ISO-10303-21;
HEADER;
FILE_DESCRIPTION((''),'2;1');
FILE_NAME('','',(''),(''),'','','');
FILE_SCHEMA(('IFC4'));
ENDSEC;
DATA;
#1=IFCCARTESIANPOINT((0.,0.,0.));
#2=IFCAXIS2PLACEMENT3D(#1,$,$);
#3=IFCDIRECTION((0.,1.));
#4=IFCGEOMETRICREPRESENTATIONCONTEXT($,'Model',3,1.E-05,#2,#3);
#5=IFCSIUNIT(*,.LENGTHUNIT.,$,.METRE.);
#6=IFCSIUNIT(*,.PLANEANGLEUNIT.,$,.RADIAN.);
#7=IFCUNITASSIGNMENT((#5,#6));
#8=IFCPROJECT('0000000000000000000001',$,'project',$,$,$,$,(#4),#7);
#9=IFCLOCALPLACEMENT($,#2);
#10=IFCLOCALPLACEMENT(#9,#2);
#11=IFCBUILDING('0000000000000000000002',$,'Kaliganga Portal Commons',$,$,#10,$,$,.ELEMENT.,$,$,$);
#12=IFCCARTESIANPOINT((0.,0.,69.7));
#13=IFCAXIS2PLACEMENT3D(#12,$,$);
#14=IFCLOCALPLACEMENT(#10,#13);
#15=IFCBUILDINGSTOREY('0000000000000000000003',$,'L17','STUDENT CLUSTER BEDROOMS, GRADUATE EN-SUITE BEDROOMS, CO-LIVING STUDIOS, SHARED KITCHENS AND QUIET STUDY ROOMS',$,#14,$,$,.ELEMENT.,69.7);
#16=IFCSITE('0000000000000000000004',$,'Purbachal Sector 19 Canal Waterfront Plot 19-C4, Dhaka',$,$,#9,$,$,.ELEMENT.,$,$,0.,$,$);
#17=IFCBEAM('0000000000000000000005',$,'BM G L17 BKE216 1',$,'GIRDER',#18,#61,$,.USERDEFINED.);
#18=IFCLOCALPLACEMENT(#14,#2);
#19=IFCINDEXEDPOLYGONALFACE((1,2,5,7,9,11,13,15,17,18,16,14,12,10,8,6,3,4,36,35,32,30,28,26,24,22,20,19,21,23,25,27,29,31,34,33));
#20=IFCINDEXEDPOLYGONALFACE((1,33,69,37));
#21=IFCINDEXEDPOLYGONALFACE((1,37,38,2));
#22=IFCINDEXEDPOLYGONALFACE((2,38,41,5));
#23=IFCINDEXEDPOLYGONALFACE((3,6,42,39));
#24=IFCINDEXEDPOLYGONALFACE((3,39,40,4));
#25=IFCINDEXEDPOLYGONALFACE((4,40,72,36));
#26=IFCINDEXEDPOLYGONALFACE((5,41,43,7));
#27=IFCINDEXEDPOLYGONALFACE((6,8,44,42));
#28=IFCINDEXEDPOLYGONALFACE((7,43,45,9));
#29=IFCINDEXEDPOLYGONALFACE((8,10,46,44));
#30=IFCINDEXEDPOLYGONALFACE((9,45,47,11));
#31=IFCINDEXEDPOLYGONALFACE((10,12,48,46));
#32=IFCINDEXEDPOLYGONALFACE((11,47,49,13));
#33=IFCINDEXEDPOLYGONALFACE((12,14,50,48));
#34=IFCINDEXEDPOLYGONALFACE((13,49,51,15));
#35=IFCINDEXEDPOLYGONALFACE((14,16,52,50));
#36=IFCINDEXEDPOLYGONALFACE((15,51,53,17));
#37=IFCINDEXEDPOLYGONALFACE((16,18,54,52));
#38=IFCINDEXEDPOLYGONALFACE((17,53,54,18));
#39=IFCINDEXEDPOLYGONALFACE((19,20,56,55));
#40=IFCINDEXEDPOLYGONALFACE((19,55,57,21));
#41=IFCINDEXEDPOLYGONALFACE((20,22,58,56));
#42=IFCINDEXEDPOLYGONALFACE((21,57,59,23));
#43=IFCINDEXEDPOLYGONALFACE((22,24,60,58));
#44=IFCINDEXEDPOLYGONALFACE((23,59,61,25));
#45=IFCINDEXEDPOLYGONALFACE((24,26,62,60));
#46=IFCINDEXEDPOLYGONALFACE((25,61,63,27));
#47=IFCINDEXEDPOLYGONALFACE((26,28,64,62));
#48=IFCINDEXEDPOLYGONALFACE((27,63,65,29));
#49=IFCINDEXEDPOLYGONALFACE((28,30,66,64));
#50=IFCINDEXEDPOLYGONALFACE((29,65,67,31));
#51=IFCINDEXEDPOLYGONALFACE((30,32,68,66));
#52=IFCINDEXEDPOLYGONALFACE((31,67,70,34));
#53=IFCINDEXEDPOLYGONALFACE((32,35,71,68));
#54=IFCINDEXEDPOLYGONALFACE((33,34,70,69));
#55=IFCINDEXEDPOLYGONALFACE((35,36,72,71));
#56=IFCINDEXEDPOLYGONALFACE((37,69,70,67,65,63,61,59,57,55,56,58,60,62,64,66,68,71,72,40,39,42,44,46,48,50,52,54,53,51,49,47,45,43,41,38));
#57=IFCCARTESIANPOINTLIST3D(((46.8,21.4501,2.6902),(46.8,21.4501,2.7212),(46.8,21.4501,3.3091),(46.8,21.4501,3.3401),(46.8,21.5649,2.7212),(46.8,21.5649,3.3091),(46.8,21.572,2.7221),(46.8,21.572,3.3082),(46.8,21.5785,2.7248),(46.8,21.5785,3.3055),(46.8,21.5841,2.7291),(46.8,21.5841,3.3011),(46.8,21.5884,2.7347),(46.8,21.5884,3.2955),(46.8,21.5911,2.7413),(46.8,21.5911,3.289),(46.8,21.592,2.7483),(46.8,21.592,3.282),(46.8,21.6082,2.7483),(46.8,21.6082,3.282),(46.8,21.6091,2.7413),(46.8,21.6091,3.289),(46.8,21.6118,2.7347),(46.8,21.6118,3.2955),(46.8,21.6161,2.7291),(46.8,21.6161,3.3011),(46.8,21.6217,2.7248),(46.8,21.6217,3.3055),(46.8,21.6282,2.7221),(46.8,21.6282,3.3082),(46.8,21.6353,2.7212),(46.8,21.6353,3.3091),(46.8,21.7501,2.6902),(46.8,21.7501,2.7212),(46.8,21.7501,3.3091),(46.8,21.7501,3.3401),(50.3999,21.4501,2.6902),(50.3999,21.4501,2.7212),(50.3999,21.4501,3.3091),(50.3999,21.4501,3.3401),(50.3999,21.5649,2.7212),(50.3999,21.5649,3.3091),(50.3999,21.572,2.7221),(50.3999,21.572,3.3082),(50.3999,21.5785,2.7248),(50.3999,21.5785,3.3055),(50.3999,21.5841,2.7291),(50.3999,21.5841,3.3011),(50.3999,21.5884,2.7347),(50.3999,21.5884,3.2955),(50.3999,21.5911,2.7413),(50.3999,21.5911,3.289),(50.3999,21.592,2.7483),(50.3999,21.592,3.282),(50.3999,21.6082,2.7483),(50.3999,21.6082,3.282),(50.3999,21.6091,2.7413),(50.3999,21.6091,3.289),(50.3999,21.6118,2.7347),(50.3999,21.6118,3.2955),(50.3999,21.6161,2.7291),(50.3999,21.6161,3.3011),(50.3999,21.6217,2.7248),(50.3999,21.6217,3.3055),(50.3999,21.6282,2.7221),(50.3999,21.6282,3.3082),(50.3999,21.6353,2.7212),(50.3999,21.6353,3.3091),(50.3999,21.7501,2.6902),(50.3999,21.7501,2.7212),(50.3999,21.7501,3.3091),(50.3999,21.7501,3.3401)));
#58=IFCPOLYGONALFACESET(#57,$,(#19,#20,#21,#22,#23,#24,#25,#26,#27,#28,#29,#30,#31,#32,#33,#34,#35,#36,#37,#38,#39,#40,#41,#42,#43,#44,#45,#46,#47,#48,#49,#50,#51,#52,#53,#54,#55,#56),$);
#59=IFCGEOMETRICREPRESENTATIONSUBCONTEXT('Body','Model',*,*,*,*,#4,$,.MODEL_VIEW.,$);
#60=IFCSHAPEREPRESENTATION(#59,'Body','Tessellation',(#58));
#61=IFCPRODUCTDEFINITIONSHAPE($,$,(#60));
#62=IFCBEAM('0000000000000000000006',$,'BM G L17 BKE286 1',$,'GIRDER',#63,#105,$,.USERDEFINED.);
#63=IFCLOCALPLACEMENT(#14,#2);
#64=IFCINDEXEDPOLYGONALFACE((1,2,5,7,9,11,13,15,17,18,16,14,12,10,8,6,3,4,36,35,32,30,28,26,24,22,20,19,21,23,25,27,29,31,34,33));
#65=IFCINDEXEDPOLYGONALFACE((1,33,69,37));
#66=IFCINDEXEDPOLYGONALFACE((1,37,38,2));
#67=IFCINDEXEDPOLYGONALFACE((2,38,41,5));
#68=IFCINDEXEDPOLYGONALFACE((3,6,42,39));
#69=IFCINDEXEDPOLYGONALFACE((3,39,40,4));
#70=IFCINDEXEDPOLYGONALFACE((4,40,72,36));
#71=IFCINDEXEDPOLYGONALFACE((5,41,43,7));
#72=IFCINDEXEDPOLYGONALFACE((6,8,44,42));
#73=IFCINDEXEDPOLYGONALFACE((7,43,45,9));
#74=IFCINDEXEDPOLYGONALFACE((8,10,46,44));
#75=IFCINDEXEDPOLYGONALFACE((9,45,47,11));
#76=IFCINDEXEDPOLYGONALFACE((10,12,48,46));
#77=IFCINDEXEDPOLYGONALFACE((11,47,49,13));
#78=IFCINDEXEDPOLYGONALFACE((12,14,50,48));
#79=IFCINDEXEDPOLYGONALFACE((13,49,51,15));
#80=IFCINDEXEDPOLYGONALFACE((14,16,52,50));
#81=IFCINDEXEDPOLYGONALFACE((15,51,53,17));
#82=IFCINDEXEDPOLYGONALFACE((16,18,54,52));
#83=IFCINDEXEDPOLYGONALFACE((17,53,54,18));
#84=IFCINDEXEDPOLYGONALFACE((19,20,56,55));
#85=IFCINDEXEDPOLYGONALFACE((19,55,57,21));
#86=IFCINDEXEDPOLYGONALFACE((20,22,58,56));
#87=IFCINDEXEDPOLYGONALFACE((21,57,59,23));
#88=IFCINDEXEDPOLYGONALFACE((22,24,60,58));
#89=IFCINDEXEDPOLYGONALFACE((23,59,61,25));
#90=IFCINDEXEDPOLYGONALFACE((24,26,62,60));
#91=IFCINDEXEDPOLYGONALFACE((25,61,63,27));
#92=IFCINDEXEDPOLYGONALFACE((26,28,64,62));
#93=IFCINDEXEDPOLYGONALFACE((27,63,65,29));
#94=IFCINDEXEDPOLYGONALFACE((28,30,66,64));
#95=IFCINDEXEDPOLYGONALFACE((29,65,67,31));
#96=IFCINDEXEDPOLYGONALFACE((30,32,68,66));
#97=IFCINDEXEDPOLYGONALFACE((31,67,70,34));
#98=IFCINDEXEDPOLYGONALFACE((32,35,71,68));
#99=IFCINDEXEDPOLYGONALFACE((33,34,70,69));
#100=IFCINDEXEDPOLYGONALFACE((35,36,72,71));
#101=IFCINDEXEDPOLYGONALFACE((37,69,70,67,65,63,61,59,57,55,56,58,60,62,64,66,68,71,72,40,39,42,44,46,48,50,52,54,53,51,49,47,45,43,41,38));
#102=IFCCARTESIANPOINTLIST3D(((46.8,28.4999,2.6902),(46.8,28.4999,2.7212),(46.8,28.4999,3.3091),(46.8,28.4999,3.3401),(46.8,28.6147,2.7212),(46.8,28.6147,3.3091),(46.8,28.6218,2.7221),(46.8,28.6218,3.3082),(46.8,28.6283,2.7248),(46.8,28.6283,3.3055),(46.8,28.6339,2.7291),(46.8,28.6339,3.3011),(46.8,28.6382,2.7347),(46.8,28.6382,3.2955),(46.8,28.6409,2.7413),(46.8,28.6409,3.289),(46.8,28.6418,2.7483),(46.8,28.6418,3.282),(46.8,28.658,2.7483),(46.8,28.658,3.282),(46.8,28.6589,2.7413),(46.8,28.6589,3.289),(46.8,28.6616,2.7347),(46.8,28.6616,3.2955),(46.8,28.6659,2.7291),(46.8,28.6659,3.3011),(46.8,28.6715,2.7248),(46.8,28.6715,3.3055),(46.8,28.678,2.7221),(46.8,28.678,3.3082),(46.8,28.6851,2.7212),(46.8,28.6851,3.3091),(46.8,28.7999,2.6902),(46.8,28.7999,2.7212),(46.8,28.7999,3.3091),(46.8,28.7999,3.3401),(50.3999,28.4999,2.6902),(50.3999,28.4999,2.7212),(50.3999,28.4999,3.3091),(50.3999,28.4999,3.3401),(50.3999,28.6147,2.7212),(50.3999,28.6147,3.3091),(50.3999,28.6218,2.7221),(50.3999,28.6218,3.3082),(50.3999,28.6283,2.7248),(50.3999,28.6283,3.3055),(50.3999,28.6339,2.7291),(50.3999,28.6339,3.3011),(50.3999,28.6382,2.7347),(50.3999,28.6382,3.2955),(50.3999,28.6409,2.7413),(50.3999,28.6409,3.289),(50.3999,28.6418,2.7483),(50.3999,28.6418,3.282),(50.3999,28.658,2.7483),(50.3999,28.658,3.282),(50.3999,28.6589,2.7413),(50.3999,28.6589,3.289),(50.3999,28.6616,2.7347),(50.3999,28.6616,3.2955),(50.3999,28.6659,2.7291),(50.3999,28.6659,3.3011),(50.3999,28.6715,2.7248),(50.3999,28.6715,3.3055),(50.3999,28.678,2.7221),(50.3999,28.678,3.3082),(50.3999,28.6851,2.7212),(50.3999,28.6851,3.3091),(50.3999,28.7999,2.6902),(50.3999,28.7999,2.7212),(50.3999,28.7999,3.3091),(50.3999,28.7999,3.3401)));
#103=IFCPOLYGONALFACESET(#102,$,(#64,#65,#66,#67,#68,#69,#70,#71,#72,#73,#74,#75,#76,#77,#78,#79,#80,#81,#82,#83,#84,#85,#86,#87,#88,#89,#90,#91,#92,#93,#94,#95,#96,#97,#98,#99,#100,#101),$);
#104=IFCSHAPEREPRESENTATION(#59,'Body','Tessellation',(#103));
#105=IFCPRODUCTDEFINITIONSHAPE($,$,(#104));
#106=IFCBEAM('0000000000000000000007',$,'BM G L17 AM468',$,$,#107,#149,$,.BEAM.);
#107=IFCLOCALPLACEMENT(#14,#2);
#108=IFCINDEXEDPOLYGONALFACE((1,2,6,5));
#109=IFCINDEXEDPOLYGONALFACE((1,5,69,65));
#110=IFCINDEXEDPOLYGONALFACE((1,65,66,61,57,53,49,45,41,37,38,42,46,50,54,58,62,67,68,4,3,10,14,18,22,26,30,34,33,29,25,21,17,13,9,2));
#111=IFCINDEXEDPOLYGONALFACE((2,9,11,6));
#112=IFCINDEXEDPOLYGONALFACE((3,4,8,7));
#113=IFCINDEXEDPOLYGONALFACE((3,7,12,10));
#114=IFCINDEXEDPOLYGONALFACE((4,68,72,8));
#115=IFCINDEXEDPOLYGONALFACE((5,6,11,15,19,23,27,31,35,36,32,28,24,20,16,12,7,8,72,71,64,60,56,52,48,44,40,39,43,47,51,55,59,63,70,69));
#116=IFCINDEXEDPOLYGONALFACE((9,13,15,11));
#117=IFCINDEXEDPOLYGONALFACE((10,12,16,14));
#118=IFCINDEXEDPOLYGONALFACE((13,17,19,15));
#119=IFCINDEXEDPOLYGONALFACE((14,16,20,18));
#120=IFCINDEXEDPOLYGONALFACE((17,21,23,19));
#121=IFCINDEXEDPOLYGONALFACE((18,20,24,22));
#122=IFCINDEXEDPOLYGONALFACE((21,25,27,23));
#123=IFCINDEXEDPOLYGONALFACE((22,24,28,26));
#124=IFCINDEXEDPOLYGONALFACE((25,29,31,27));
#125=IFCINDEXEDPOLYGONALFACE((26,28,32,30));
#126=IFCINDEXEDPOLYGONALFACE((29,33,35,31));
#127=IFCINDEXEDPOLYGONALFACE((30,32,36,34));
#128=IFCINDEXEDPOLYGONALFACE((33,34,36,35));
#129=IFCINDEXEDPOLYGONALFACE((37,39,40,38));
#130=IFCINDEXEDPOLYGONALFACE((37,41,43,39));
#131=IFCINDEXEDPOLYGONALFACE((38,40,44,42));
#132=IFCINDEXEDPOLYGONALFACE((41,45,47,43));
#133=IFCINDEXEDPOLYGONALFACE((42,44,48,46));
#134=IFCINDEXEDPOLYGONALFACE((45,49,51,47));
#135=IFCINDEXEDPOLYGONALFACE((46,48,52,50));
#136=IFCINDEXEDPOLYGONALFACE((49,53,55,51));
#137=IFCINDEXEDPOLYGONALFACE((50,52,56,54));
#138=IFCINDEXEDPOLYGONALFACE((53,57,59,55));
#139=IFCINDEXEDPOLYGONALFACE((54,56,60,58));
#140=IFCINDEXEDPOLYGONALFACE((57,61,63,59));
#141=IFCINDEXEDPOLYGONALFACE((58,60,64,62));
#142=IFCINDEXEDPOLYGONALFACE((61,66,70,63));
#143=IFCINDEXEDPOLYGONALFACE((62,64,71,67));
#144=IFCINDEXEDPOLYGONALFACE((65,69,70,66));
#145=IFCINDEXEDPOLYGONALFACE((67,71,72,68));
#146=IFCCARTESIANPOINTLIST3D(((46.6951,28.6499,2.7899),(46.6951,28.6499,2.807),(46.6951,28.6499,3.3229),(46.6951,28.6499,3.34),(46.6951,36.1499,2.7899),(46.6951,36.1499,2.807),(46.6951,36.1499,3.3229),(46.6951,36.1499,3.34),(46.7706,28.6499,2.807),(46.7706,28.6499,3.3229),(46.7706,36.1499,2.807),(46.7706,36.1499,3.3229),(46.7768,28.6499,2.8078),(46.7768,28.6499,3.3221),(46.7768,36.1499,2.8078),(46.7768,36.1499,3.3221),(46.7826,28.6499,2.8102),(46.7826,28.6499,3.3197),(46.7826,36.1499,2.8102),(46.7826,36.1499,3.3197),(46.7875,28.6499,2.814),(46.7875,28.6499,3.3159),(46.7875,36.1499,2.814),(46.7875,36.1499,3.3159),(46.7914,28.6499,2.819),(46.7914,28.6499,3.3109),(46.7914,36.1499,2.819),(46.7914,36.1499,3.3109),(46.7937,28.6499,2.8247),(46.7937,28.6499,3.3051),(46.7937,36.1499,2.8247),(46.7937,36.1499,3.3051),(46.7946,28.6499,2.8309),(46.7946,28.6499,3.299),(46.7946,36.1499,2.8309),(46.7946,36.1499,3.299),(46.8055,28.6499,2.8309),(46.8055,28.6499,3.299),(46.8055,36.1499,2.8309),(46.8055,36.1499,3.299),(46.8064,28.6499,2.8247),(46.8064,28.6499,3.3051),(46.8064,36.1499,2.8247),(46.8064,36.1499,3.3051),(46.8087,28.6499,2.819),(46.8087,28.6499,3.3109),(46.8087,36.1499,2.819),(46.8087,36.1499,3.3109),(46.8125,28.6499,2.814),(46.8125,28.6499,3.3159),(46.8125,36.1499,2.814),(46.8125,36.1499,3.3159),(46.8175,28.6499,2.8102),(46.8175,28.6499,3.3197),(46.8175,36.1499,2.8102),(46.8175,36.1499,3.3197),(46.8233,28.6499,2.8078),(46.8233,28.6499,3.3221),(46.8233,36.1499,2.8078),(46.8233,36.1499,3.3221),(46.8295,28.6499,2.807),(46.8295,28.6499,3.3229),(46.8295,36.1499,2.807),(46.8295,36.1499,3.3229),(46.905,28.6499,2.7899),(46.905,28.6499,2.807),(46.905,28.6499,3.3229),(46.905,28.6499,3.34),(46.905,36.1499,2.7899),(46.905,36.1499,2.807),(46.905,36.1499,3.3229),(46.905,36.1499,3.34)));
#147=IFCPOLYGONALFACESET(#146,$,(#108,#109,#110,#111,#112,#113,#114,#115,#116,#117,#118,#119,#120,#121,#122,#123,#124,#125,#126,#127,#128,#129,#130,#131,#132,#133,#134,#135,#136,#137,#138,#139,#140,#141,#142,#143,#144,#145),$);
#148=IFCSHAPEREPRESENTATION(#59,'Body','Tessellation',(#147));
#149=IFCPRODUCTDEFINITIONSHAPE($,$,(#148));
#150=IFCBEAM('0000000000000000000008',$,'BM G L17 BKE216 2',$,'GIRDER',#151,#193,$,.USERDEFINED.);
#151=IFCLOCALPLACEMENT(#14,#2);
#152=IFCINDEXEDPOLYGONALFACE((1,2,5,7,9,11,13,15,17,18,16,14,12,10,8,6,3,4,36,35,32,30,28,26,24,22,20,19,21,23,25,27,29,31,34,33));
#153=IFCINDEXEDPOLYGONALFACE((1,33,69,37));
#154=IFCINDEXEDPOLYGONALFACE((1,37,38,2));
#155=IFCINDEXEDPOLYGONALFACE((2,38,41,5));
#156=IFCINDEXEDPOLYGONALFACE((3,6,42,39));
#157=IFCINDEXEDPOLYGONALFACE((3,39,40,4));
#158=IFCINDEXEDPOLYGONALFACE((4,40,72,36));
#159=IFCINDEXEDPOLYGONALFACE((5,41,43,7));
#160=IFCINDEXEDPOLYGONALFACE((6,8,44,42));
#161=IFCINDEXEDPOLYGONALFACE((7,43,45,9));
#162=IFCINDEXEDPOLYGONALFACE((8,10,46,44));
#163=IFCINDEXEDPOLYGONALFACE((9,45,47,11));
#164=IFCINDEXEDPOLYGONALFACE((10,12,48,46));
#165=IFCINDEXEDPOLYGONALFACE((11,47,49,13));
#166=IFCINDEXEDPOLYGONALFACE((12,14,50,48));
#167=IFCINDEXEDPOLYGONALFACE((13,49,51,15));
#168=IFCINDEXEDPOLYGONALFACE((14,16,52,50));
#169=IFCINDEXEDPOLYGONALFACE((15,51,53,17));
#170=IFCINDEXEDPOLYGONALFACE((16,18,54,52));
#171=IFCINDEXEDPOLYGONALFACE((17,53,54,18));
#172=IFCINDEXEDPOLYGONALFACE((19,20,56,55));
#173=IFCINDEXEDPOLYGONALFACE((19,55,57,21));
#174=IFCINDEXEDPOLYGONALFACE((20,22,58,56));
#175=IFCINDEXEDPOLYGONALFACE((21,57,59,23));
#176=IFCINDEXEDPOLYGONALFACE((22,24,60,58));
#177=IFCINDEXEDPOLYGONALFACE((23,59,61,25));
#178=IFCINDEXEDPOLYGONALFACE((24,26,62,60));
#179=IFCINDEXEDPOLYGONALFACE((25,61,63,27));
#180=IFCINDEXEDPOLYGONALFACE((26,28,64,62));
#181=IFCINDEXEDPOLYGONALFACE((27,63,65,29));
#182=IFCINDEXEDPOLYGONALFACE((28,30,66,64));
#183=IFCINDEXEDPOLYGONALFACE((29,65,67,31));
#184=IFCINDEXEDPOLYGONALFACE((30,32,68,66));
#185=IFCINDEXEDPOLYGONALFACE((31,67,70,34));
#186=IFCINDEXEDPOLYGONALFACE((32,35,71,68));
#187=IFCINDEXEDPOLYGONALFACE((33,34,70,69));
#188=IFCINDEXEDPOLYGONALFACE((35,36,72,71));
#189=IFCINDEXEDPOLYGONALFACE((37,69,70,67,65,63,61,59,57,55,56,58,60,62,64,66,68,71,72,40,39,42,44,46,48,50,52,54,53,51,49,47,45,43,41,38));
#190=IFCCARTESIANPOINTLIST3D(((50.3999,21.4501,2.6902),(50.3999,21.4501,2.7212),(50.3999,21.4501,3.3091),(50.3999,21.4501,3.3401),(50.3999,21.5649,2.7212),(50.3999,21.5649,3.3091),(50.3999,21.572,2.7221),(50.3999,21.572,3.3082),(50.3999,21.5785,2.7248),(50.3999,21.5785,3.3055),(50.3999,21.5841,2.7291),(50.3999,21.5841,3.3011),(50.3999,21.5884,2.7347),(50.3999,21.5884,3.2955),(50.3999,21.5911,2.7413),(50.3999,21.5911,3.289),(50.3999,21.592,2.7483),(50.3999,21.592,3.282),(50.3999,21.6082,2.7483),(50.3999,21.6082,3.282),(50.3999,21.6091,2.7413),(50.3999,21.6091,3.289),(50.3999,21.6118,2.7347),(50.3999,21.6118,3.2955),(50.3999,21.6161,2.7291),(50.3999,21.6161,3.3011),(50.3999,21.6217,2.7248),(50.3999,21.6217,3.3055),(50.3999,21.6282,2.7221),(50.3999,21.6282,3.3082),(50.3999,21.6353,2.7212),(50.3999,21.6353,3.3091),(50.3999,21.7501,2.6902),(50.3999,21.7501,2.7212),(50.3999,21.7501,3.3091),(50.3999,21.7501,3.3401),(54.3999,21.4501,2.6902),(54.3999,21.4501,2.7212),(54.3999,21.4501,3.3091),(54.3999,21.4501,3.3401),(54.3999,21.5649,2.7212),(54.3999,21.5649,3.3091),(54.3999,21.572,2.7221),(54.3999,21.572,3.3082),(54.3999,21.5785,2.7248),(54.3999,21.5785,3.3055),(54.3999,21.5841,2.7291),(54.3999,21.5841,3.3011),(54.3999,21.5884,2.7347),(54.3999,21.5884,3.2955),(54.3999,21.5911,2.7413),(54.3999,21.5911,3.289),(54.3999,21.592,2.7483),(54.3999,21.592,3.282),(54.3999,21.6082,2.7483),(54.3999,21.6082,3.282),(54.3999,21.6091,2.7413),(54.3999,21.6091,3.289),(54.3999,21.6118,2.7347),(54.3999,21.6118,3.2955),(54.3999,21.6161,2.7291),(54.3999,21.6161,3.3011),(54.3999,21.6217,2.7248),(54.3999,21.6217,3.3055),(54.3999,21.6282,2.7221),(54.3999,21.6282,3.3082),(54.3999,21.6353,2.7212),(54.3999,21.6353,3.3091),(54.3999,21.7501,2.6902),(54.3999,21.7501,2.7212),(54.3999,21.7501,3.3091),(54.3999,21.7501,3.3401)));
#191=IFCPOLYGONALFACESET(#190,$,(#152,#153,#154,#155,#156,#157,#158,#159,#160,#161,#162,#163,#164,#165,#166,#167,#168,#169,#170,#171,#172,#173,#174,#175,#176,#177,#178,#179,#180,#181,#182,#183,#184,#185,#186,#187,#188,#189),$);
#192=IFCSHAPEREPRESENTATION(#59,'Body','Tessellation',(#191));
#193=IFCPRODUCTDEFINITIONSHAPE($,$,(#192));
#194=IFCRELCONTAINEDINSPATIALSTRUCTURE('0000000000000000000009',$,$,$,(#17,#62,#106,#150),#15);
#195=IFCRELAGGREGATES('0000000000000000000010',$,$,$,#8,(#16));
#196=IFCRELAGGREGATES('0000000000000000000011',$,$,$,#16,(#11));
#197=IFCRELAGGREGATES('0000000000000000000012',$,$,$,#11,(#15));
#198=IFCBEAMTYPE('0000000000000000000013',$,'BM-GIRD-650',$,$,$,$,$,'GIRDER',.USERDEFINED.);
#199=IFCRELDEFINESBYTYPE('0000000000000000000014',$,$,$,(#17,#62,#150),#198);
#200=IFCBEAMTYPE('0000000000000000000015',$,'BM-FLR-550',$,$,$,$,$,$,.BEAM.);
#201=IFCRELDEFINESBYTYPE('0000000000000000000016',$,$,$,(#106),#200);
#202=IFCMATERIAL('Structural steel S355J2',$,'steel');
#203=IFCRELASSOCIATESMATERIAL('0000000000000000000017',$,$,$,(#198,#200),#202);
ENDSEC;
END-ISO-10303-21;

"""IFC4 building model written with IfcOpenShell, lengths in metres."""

from ifc_helpers import new_model, si_unit, direction, frame, origin, origin_2d, place, context, subcontext, project, spatial, i_section, extrude, source, transform, mapped, material, material_profile, profile_set, type_object, element, save


model = new_model("IFC4")

# Units and contexts
model_context = context("Model", 3, precision=1e-05, world=origin(), true_north=direction((0.0, 1.0)))
body_context = subcontext(model_context, "Body", "Model", "MODEL_VIEW")
ifc_project = project(units=[si_unit("LENGTHUNIT", "METRE"), si_unit("PLANEANGLEUNIT", "RADIAN")], contexts=[model_context])

# Site, building, storey
site_placement = place(None, origin())
site = spatial("IfcSite", under=ifc_project, at=site_placement, Name="Purbachal Sector 19 Canal Waterfront Plot 19-C4, Dhaka", CompositionType="ELEMENT", RefElevation=0.0)
building_placement = place(site_placement, origin())
building = spatial("IfcBuilding", under=site, at=building_placement, Name="Kaliganga Portal Commons", CompositionType="ELEMENT")
storey_placement = place(building_placement, frame((0.0, 0.0, 69.7)))
storey = spatial("IfcBuildingStorey", under=building, at=storey_placement, Name="L17", Description="STUDENT CLUSTER BEDROOMS, GRADUATE EN-SUITE BEDROOMS, CO-LIVING STUDIOS, SHARED KITCHENS AND QUIET STUDY ROOMS", CompositionType="ELEMENT", Elevation=69.7)

# Beams
ifc_material_1 = material(Name="Structural steel S355J2", Category="steel")
ifc_material_profile_1 = material_profile(ifc_material_1, i_section(OverallWidth=0.3, OverallDepth=0.6499, WebThickness=0.0161, FlangeThickness=0.031, FilletRadius=0.0271, at=origin_2d()), Name="HE 650 B")
ifc_profile_set_1 = profile_set([ifc_material_profile_1], Name="Structural steel S355J2 wide-flange")
beam_type_1 = type_object("IfcBeamType", Name="BM-GIRD-650", ElementType="GIRDER", PredefinedType="USERDEFINED", material=ifc_profile_set_1)
shared_shape_1 = source(origin(), body_context, "Body", "SweptSolid", [
    extrude(i_section(OverallWidth=0.3, OverallDepth=0.6499, WebThickness=0.0161, FlangeThickness=0.031, FilletRadius=0.0271, at=origin_2d()), origin(), (0.0, 0.0, 1.0), 3.5999),
])
for number, where, z_axis, x_axis, name in (
    (1, (46.8, 21.6001, 3.0151), (1.0, 0.0, 0.0), (0.0, 1.0, 0.0), "BM G L17 BKE216 1"),
    (2, (46.8, 28.6499, 3.0151), (1.0, 0.0, 0.0), (0.0, 1.0, 0.0), "BM G L17 BKE286 1"),
):
    element("IfcBeam", number, at=place(storey_placement, frame(where, z_axis=z_axis, x_axis=x_axis)), inside=storey, type_object=beam_type_1, Name=name, ObjectType="GIRDER", PredefinedType="USERDEFINED", context=body_context, shape_type="MappedRepresentation", body=[
        mapped(shared_shape_1, transform((0.0, 0.0, 0.0), x_axis=(1.0, 0.0, 0.0), y_axis=(0.0, 1.0, 0.0), z_axis=(0.0, 0.0, 1.0), scale=1.0)),
    ])
ifc_material_profile_2 = material_profile(ifc_material_1, i_section(OverallWidth=0.21, OverallDepth=0.55, WebThickness=0.011, FlangeThickness=0.0171, FilletRadius=0.0239, at=origin_2d()), Name="IPE 550")
ifc_profile_set_2 = profile_set([ifc_material_profile_2], Name="Structural steel S355J2 wide-flange")
beam_type_2 = type_object("IfcBeamType", Name="BM-FLR-550", PredefinedType="BEAM", material=ifc_profile_set_2)
shared_shape_2 = source(origin(), body_context, "Body", "SweptSolid", [
    extrude(i_section(OverallWidth=0.21, OverallDepth=0.55, WebThickness=0.011, FlangeThickness=0.0171, FilletRadius=0.0239, at=origin_2d()), origin(), (0.0, 0.0, 1.0), 7.5),
])
beam_1_placement = place(storey_placement, frame((46.8, 28.6499, 3.0649), z_axis=(0.0, 1.0, 0.0), x_axis=(-1.0, 0.0, 0.0)))
element("IfcBeam", 3, at=beam_1_placement, inside=storey, type_object=beam_type_2, Name="BM G L17 AM468", PredefinedType="BEAM", context=body_context, shape_type="MappedRepresentation", body=[
    mapped(shared_shape_2, transform((0.0, 0.0, 0.0), x_axis=(1.0, 0.0, 0.0), y_axis=(0.0, 1.0, 0.0), z_axis=(0.0, 0.0, 1.0), scale=1.0)),
])
shared_shape_3 = source(origin(), body_context, "Body", "SweptSolid", [
    extrude(i_section(OverallWidth=0.3, OverallDepth=0.6499, WebThickness=0.0161, FlangeThickness=0.031, FilletRadius=0.0271, at=origin_2d()), origin(), (0.0, 0.0, 1.0), 4.0),
])
for number, where, z_axis, x_axis, name in (
    (4, (50.3999, 21.6001, 3.0151), (1.0, 0.0, 0.0), (0.0, 1.0, 0.0), "BM G L17 BKE216 2"),
):
    element("IfcBeam", number, at=place(storey_placement, frame(where, z_axis=z_axis, x_axis=x_axis)), inside=storey, type_object=beam_type_1, Name=name, ObjectType="GIRDER", PredefinedType="USERDEFINED", context=body_context, shape_type="MappedRepresentation", body=[
        mapped(shared_shape_3, transform((0.0, 0.0, 0.0), x_axis=(1.0, 0.0, 0.0), y_axis=(0.0, 1.0, 0.0), z_axis=(0.0, 0.0, 1.0), scale=1.0)),
    ])

save(model, "model.ifc")
